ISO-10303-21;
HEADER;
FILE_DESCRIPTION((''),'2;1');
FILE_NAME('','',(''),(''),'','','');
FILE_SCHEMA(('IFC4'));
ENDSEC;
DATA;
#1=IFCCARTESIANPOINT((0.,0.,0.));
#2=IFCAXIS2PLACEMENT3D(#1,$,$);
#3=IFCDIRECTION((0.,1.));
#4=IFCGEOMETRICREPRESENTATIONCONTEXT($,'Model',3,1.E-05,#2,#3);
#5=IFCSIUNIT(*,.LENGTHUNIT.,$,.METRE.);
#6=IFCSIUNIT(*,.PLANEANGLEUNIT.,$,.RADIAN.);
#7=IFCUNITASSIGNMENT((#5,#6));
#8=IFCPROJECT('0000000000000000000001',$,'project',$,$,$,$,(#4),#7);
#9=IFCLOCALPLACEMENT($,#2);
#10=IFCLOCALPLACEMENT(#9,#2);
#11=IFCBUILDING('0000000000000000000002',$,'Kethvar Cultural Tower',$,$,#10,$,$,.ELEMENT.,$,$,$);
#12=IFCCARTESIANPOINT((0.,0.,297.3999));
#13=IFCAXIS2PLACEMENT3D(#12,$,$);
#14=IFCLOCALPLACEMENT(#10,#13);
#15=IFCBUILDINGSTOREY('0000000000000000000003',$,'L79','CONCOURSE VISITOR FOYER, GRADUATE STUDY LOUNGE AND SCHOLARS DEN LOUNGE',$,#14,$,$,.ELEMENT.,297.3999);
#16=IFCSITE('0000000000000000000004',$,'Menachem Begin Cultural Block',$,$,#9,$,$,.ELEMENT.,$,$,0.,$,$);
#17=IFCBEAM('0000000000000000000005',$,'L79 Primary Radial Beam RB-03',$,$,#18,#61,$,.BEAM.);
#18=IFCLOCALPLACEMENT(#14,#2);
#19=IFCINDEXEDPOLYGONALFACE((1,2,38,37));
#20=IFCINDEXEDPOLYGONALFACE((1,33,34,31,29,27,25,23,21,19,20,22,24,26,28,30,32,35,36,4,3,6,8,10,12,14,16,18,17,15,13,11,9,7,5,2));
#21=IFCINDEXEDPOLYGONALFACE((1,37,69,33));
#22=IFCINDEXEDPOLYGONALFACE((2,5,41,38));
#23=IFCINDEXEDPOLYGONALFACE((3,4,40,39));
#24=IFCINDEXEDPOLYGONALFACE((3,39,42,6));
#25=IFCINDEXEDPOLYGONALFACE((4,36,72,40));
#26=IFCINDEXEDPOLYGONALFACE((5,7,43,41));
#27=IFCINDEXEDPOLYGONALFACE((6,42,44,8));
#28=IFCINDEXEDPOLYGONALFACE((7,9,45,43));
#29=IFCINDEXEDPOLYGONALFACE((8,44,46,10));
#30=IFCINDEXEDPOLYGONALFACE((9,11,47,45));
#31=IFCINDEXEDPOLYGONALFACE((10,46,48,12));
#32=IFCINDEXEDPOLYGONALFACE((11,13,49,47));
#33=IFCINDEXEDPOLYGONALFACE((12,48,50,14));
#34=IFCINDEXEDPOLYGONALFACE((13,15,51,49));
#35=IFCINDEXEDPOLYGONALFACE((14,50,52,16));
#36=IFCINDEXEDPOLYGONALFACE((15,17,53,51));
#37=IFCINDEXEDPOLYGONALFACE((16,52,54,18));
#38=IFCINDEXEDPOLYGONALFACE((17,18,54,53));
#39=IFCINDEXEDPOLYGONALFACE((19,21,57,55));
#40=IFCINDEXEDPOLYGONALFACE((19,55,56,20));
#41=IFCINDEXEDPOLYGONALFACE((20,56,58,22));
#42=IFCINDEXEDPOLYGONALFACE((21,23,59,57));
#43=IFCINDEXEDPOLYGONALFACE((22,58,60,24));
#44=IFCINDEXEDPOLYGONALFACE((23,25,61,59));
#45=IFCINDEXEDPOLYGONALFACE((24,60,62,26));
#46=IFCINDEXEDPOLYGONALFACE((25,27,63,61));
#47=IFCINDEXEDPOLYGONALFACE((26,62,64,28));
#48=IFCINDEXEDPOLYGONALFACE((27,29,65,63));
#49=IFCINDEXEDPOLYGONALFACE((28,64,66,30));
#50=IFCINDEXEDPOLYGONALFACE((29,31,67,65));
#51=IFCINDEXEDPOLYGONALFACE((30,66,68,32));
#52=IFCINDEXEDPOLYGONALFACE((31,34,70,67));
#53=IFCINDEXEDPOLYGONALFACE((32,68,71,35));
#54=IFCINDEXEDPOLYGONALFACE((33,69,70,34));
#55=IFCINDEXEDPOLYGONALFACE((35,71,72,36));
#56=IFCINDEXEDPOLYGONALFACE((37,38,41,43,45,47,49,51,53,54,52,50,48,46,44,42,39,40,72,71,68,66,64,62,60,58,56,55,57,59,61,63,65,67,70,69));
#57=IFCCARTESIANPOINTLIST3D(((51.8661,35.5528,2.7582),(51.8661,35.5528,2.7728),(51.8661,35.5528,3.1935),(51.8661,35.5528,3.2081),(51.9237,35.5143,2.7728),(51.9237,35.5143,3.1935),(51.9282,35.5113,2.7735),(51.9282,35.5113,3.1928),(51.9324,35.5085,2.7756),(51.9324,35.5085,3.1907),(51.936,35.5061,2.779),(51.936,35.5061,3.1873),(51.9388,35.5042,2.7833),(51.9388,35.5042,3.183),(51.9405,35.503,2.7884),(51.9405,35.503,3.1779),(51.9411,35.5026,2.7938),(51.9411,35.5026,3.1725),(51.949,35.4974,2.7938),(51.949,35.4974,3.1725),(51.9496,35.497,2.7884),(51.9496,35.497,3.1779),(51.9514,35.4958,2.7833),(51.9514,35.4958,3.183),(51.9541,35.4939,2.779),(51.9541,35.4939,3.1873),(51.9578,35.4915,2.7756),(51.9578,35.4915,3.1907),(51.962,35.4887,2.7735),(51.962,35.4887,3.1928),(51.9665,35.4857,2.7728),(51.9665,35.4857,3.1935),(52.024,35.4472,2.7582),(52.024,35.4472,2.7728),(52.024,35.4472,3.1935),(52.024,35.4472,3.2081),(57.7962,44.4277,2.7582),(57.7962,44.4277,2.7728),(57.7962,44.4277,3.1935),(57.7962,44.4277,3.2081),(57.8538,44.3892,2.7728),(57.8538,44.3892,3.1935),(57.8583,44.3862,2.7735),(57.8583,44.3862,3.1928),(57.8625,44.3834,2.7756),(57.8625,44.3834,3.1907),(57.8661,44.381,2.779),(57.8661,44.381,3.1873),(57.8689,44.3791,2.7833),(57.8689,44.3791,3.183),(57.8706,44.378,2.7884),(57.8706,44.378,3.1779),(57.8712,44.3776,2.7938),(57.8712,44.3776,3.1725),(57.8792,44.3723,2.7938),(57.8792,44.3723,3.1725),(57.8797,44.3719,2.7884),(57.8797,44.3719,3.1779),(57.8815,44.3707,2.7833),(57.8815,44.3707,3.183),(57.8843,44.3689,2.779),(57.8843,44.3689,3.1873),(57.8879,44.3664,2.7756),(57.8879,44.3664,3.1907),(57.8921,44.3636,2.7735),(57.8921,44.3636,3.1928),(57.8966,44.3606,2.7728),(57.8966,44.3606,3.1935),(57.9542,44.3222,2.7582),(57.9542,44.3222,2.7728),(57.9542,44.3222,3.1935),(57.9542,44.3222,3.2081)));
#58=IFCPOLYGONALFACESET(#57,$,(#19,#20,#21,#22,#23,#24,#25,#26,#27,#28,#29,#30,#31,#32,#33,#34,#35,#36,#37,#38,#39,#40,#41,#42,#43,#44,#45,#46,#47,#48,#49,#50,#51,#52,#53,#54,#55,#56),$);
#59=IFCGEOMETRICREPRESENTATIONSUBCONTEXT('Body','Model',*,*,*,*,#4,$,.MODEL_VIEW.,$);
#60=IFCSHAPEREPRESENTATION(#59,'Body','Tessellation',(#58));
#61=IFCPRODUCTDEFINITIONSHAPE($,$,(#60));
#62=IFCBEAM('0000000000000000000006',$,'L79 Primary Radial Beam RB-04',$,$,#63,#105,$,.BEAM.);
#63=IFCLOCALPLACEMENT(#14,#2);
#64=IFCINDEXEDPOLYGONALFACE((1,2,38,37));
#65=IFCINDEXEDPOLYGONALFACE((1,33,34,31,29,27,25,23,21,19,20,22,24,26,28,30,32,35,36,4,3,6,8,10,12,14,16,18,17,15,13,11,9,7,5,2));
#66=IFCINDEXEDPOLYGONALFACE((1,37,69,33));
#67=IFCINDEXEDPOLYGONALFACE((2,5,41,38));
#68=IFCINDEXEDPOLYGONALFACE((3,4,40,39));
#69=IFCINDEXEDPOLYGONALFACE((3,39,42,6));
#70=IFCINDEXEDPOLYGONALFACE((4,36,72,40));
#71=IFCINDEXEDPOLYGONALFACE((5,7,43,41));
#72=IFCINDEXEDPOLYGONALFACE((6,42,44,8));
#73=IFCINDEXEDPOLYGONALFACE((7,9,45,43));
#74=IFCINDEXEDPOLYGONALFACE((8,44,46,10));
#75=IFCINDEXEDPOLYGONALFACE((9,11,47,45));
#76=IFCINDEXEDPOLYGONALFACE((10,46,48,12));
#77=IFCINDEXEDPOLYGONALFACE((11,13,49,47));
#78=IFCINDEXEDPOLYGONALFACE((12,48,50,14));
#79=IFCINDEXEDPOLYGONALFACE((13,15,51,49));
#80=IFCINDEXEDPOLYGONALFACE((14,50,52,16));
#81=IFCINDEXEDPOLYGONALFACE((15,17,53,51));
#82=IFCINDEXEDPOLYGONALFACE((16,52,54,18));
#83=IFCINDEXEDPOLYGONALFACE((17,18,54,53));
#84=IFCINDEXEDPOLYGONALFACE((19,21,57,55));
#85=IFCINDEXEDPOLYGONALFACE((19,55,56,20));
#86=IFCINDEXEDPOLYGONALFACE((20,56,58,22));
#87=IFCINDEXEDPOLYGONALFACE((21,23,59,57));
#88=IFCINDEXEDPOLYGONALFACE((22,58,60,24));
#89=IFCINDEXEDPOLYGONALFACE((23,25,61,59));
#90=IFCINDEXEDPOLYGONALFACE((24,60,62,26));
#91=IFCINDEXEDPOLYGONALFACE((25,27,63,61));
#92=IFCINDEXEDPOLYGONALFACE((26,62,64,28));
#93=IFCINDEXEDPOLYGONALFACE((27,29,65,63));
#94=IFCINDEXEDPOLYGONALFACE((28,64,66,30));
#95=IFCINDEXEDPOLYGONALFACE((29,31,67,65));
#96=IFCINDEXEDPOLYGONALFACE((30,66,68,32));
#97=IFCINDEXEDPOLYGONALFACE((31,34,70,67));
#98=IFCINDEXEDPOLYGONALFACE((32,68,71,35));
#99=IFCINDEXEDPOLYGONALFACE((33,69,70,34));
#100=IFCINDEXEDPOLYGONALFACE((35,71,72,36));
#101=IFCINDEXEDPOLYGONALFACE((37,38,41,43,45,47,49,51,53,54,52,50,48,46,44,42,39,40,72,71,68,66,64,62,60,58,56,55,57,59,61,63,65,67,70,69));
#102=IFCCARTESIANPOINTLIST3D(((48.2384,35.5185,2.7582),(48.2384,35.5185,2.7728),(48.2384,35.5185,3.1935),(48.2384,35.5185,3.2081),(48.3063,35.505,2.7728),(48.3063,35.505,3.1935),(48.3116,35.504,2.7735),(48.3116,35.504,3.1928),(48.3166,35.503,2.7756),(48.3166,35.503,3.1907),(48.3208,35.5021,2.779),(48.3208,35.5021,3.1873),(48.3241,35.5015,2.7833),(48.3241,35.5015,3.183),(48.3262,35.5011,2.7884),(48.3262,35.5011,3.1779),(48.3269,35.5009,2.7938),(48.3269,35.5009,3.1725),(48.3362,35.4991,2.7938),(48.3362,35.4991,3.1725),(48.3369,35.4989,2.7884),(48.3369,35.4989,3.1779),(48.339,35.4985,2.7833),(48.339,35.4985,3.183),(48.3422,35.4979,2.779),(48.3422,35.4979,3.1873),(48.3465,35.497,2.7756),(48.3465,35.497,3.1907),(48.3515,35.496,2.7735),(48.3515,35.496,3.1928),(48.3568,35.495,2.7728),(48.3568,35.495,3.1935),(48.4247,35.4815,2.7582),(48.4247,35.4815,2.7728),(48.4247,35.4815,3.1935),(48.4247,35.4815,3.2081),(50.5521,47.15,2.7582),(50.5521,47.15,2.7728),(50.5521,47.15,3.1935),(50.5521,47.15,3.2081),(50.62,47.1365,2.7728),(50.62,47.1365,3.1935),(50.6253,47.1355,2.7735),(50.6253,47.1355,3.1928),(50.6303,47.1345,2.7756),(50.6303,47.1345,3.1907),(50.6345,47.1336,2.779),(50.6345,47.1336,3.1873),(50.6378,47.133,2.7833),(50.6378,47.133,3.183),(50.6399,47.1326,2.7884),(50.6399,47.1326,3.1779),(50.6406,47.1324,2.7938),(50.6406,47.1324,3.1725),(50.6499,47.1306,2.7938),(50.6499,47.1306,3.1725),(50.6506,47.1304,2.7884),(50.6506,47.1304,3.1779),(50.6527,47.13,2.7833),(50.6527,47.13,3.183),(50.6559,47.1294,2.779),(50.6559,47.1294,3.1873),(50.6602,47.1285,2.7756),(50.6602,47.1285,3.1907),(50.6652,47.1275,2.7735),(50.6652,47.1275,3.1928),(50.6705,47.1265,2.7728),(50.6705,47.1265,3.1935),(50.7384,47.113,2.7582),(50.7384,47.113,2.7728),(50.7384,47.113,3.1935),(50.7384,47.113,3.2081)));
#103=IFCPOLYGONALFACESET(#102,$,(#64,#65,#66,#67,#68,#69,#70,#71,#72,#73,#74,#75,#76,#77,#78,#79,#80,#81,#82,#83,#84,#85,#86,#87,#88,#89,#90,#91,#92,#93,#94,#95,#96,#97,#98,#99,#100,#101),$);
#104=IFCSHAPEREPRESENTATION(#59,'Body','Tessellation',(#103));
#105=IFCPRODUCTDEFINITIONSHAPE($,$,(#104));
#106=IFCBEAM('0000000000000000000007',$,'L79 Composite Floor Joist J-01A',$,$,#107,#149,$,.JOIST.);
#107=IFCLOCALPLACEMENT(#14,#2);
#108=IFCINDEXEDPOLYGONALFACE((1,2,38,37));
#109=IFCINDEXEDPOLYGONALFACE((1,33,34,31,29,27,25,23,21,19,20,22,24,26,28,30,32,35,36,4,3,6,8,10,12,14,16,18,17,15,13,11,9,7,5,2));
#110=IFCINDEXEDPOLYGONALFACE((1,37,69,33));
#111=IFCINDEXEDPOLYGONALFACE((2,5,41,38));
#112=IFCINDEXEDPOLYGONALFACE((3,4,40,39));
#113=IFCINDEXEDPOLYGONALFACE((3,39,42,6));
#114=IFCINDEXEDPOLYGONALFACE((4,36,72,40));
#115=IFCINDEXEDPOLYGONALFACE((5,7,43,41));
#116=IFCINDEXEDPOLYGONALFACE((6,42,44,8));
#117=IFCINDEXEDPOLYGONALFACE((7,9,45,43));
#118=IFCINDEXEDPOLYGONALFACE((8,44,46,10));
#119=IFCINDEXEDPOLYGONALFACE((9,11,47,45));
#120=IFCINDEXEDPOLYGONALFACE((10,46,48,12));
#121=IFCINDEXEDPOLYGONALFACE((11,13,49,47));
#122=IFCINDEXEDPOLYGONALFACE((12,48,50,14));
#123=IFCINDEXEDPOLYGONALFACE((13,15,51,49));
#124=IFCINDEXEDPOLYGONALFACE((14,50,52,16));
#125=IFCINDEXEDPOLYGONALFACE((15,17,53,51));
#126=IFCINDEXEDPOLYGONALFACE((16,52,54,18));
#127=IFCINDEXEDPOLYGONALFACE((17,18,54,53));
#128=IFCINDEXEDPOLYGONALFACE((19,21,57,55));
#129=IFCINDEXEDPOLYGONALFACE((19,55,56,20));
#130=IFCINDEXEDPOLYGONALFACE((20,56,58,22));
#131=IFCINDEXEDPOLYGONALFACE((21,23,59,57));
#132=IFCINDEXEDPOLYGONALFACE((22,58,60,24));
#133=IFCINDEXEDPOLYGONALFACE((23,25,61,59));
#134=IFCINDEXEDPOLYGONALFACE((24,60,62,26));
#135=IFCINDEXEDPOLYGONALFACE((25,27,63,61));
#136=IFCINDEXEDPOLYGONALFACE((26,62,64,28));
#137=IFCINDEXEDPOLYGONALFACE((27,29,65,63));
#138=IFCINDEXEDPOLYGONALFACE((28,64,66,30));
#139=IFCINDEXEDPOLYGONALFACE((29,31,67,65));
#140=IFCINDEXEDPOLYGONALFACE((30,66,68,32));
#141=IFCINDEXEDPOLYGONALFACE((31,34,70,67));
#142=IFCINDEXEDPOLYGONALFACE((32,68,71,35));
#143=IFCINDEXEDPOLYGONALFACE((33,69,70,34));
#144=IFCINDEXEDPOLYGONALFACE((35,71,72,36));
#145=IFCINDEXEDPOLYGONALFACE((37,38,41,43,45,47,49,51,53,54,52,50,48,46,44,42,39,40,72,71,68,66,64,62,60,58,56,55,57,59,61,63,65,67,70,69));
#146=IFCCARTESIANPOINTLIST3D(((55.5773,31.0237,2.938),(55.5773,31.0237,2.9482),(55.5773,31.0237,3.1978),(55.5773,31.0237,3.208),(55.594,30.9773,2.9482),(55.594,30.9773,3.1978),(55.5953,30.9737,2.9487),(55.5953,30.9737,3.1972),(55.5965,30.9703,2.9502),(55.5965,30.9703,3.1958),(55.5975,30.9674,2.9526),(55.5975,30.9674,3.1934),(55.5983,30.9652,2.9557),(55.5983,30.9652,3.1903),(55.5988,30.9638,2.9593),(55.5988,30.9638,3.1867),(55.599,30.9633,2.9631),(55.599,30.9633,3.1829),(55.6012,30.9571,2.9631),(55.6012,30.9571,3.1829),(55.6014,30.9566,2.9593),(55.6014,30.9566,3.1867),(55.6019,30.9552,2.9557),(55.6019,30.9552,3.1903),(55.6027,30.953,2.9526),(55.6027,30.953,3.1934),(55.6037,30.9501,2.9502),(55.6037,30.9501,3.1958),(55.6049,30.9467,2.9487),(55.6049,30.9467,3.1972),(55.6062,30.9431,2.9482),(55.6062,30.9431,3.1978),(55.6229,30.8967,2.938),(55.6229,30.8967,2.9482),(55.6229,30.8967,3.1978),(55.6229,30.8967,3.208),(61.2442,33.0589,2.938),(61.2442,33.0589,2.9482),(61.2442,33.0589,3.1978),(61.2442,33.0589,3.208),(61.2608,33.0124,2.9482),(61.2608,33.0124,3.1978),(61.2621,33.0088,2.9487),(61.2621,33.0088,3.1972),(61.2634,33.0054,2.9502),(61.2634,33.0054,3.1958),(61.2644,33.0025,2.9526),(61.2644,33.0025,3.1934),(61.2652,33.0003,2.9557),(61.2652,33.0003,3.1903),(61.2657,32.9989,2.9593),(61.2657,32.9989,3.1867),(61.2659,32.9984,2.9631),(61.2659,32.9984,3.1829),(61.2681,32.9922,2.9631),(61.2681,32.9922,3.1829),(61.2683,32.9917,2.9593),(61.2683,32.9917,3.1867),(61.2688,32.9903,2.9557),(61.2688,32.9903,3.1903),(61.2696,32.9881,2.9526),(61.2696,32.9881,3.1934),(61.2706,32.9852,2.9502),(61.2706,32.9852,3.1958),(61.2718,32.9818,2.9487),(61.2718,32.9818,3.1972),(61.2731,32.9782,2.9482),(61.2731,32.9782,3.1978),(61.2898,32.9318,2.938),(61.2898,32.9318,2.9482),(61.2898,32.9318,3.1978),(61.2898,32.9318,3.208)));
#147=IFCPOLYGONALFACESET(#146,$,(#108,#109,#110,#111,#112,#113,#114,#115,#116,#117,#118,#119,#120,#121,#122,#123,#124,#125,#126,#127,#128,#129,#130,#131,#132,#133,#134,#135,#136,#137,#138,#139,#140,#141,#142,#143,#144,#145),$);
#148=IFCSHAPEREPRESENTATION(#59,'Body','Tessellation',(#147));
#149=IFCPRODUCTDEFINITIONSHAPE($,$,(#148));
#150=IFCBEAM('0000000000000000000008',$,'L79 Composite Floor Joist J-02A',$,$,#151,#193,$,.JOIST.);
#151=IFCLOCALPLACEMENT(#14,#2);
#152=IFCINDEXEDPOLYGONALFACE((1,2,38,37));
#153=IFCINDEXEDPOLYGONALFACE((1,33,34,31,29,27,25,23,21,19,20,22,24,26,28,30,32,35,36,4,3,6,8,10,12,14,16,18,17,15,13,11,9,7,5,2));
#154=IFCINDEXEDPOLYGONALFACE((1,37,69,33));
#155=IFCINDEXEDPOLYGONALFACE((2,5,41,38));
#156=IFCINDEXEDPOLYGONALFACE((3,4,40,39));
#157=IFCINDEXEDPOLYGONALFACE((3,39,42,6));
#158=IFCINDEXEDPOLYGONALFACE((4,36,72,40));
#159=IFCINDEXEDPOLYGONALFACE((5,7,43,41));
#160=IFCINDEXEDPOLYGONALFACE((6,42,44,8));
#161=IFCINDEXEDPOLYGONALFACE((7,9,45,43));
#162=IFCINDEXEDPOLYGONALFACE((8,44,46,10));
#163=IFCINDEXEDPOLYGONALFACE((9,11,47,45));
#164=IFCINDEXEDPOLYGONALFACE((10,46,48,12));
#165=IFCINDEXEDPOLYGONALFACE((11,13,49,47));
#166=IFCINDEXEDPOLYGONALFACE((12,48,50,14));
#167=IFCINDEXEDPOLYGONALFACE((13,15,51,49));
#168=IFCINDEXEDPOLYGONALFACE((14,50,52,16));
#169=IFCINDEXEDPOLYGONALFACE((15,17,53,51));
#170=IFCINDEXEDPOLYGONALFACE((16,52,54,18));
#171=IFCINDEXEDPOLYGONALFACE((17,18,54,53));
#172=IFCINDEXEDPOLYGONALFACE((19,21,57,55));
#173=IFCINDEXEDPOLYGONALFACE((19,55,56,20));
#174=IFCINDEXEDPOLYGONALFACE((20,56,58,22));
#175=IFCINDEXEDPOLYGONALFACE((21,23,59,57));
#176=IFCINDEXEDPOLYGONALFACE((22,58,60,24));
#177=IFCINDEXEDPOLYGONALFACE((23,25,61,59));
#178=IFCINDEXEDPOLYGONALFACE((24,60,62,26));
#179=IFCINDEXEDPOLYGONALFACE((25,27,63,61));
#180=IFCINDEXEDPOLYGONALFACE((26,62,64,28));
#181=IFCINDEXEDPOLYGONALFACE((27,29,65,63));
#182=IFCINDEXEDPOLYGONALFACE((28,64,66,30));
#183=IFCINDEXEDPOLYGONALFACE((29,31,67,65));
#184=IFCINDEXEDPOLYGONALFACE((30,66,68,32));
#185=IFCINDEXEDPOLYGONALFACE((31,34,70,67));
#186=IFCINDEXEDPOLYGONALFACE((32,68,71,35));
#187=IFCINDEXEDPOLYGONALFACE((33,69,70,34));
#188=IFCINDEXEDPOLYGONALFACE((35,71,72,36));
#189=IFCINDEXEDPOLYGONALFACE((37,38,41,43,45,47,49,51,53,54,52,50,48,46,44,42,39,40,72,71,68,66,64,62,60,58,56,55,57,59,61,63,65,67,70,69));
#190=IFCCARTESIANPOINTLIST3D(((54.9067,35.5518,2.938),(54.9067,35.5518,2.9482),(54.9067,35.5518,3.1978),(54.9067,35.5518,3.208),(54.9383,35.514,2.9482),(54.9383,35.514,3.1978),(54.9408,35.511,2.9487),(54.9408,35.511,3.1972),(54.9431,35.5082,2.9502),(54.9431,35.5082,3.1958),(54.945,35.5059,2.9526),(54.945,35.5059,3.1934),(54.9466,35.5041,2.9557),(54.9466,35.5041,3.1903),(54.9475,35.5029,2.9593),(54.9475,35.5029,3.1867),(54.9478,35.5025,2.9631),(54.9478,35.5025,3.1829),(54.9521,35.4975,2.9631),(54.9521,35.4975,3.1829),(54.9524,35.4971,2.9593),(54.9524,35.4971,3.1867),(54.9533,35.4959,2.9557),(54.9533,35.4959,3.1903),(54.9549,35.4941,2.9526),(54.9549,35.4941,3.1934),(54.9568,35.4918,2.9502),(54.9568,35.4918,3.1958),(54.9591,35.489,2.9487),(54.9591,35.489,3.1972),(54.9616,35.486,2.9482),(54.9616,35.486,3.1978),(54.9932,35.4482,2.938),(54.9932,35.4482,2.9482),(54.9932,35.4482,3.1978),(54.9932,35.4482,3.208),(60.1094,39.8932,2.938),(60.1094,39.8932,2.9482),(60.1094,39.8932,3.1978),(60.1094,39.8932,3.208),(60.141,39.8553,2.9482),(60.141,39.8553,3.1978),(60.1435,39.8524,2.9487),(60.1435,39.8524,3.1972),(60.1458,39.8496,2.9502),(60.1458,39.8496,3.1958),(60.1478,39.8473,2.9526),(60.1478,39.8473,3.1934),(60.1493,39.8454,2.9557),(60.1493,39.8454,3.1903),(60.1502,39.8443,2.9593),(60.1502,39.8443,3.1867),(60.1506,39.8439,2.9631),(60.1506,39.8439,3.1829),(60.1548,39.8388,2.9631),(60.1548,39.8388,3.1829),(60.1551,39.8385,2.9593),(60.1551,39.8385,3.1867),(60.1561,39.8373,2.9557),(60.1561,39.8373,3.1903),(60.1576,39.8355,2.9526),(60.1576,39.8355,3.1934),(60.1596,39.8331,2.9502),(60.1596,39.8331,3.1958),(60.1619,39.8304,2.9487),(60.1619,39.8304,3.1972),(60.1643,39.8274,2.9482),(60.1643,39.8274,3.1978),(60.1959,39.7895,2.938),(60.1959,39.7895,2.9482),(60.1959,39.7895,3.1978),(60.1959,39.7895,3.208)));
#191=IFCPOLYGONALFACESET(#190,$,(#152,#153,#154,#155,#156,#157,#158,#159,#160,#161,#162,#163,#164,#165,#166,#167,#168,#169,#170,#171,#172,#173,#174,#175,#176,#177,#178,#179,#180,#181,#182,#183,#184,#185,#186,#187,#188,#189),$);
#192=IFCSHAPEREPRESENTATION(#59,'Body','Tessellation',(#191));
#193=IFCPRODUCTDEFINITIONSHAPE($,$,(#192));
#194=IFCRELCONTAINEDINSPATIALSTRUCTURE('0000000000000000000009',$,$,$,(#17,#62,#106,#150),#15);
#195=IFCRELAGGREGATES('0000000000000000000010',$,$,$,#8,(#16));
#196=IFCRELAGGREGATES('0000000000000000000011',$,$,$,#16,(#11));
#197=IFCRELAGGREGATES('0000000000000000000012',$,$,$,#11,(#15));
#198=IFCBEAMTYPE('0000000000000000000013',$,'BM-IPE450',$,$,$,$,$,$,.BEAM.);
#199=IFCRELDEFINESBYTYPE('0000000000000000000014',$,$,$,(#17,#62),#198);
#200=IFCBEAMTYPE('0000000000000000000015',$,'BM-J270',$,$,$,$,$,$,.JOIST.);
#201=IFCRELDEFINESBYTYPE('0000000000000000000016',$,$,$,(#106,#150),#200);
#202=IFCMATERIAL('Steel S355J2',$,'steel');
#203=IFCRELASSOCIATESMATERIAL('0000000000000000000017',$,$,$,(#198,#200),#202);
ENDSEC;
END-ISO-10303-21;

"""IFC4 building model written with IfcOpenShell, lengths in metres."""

from ifc_helpers import new_model, si_unit, direction, frame, origin, origin_2d, place, context, subcontext, project, spatial, i_section, extrude, source, transform, mapped, material, material_profile, profile_set, type_object, element, save


model = new_model("IFC4")

# Units and contexts
model_context = context("Model", 3, precision=1e-05, world=origin(), true_north=direction((0.0, 1.0)))
body_context = subcontext(model_context, "Body", "Model", "MODEL_VIEW")
ifc_project = project(units=[si_unit("LENGTHUNIT", "METRE"), si_unit("PLANEANGLEUNIT", "RADIAN")], contexts=[model_context])

# Site, building, storey
site_placement = place(None, origin())
site = spatial("IfcSite", under=ifc_project, at=site_placement, Name="Menachem Begin Cultural Block", CompositionType="ELEMENT", RefElevation=0.0)
building_placement = place(site_placement, origin())
building = spatial("IfcBuilding", under=site, at=building_placement, Name="Kethvar Cultural Tower", CompositionType="ELEMENT")
storey_placement = place(building_placement, frame((0.0, 0.0, 297.3999)))
storey = spatial("IfcBuildingStorey", under=building, at=storey_placement, Name="L79", Description="CONCOURSE VISITOR FOYER, GRADUATE STUDY LOUNGE AND SCHOLARS DEN LOUNGE", CompositionType="ELEMENT", Elevation=297.3999)

# Beams
ifc_material_1 = material(Name="Steel S355J2", Category="steel")
ifc_material_profile_1 = material_profile(ifc_material_1, i_section(OverallWidth=0.1899, OverallDepth=0.45, WebThickness=0.0095, FlangeThickness=0.0146, FilletRadius=0.021, at=origin_2d()), Name="Steel S355J2 — IPE450")
ifc_profile_set_1 = profile_set([ifc_material_profile_1], Name="Steel S355J2 — IPE450")
beam_type_1 = type_object("IfcBeamType", Name="BM-IPE450", PredefinedType="BEAM", material=ifc_profile_set_1)
shared_shape_1 = source(origin(), body_context, "Body", "SweptSolid", [
    extrude(i_section(OverallWidth=0.1899, OverallDepth=0.45, WebThickness=0.0095, FlangeThickness=0.0146, FilletRadius=0.021, at=origin_2d()), origin(), (0.0, 0.0, 1.0), 10.6738),
])
beam_1_placement = place(storey_placement, frame((51.9451, 35.5, 2.9832), z_axis=(0.555576, 0.831466, 0.0), x_axis=(-0.831466, 0.555576, 0.0)))
element("IfcBeam", 1, at=beam_1_placement, inside=storey, type_object=beam_type_1, Name="L79 Primary Radial Beam RB-03", PredefinedType="BEAM", context=body_context, shape_type="MappedRepresentation", body=[
    mapped(shared_shape_1, transform((0.0, 0.0, 0.0), scale=1.0)),
])
shared_shape_2 = source(origin(), body_context, "Body", "SweptSolid", [
    extrude(i_section(OverallWidth=0.1899, OverallDepth=0.45, WebThickness=0.0095, FlangeThickness=0.0146, FilletRadius=0.021, at=origin_2d()), origin(), (0.0, 0.0, 1.0), 11.8594),
])
beam_2_placement = place(storey_placement, frame((48.3315, 35.5, 2.9832), z_axis=(0.195095, 0.980784, 0.0), x_axis=(-0.980784, 0.195095, 0.0)))
element("IfcBeam", 2, at=beam_2_placement, inside=storey, type_object=beam_type_1, Name="L79 Primary Radial Beam RB-04", PredefinedType="BEAM", context=body_context, shape_type="MappedRepresentation", body=[
    mapped(shared_shape_2, transform((0.0, 0.0, 0.0), scale=1.0)),
])
ifc_material_profile_2 = material_profile(ifc_material_1, i_section(OverallWidth=0.135, OverallDepth=0.27, WebThickness=0.0066, FlangeThickness=0.0103, FilletRadius=0.0149, at=origin_2d()), Name="Steel S355J2 — IPE270")
ifc_profile_set_2 = profile_set([ifc_material_profile_2], Name="Steel S355J2 — IPE270")
beam_type_2 = type_object("IfcBeamType", Name="BM-J270", PredefinedType="JOIST", material=ifc_profile_set_2)
shared_shape_3 = source(origin(), body_context, "Body", "SweptSolid", [
    extrude(i_section(OverallWidth=0.135, OverallDepth=0.27, WebThickness=0.0066, FlangeThickness=0.0103, FilletRadius=0.0149, at=origin_2d()), origin(), (0.0, 0.0, 1.0), 6.0212),
])
beam_3_placement = place(storey_placement, frame((55.6001, 30.9602, 3.073), z_axis=(0.94115, 0.33799, 0.0), x_axis=(-0.33799, 0.94115, 0.0)))
element("IfcBeam", 3, at=beam_3_placement, inside=storey, type_object=beam_type_2, Name="L79 Composite Floor Joist J-01A", PredefinedType="JOIST", context=body_context, shape_type="MappedRepresentation", body=[
    mapped(shared_shape_3, transform((0.0, 0.0, 0.0), scale=1.0)),
])
shared_shape_4 = source(origin(), body_context, "Body", "SweptSolid", [
    extrude(i_section(OverallWidth=0.135, OverallDepth=0.27, WebThickness=0.0066, FlangeThickness=0.0103, FilletRadius=0.0149, at=origin_2d()), origin(), (0.0, 0.0, 1.0), 6.7761),
])
beam_4_placement = place(storey_placement, frame((54.95, 35.5, 3.073), z_axis=(0.767802, 0.640688, 0.0), x_axis=(-0.640688, 0.767802, 0.0)))
element("IfcBeam", 4, at=beam_4_placement, inside=storey, type_object=beam_type_2, Name="L79 Composite Floor Joist J-02A", PredefinedType="JOIST", context=body_context, shape_type="MappedRepresentation", body=[
    mapped(shared_shape_4, transform((0.0, 0.0, 0.0), scale=1.0)),
])

save(model, "model.ifc")
